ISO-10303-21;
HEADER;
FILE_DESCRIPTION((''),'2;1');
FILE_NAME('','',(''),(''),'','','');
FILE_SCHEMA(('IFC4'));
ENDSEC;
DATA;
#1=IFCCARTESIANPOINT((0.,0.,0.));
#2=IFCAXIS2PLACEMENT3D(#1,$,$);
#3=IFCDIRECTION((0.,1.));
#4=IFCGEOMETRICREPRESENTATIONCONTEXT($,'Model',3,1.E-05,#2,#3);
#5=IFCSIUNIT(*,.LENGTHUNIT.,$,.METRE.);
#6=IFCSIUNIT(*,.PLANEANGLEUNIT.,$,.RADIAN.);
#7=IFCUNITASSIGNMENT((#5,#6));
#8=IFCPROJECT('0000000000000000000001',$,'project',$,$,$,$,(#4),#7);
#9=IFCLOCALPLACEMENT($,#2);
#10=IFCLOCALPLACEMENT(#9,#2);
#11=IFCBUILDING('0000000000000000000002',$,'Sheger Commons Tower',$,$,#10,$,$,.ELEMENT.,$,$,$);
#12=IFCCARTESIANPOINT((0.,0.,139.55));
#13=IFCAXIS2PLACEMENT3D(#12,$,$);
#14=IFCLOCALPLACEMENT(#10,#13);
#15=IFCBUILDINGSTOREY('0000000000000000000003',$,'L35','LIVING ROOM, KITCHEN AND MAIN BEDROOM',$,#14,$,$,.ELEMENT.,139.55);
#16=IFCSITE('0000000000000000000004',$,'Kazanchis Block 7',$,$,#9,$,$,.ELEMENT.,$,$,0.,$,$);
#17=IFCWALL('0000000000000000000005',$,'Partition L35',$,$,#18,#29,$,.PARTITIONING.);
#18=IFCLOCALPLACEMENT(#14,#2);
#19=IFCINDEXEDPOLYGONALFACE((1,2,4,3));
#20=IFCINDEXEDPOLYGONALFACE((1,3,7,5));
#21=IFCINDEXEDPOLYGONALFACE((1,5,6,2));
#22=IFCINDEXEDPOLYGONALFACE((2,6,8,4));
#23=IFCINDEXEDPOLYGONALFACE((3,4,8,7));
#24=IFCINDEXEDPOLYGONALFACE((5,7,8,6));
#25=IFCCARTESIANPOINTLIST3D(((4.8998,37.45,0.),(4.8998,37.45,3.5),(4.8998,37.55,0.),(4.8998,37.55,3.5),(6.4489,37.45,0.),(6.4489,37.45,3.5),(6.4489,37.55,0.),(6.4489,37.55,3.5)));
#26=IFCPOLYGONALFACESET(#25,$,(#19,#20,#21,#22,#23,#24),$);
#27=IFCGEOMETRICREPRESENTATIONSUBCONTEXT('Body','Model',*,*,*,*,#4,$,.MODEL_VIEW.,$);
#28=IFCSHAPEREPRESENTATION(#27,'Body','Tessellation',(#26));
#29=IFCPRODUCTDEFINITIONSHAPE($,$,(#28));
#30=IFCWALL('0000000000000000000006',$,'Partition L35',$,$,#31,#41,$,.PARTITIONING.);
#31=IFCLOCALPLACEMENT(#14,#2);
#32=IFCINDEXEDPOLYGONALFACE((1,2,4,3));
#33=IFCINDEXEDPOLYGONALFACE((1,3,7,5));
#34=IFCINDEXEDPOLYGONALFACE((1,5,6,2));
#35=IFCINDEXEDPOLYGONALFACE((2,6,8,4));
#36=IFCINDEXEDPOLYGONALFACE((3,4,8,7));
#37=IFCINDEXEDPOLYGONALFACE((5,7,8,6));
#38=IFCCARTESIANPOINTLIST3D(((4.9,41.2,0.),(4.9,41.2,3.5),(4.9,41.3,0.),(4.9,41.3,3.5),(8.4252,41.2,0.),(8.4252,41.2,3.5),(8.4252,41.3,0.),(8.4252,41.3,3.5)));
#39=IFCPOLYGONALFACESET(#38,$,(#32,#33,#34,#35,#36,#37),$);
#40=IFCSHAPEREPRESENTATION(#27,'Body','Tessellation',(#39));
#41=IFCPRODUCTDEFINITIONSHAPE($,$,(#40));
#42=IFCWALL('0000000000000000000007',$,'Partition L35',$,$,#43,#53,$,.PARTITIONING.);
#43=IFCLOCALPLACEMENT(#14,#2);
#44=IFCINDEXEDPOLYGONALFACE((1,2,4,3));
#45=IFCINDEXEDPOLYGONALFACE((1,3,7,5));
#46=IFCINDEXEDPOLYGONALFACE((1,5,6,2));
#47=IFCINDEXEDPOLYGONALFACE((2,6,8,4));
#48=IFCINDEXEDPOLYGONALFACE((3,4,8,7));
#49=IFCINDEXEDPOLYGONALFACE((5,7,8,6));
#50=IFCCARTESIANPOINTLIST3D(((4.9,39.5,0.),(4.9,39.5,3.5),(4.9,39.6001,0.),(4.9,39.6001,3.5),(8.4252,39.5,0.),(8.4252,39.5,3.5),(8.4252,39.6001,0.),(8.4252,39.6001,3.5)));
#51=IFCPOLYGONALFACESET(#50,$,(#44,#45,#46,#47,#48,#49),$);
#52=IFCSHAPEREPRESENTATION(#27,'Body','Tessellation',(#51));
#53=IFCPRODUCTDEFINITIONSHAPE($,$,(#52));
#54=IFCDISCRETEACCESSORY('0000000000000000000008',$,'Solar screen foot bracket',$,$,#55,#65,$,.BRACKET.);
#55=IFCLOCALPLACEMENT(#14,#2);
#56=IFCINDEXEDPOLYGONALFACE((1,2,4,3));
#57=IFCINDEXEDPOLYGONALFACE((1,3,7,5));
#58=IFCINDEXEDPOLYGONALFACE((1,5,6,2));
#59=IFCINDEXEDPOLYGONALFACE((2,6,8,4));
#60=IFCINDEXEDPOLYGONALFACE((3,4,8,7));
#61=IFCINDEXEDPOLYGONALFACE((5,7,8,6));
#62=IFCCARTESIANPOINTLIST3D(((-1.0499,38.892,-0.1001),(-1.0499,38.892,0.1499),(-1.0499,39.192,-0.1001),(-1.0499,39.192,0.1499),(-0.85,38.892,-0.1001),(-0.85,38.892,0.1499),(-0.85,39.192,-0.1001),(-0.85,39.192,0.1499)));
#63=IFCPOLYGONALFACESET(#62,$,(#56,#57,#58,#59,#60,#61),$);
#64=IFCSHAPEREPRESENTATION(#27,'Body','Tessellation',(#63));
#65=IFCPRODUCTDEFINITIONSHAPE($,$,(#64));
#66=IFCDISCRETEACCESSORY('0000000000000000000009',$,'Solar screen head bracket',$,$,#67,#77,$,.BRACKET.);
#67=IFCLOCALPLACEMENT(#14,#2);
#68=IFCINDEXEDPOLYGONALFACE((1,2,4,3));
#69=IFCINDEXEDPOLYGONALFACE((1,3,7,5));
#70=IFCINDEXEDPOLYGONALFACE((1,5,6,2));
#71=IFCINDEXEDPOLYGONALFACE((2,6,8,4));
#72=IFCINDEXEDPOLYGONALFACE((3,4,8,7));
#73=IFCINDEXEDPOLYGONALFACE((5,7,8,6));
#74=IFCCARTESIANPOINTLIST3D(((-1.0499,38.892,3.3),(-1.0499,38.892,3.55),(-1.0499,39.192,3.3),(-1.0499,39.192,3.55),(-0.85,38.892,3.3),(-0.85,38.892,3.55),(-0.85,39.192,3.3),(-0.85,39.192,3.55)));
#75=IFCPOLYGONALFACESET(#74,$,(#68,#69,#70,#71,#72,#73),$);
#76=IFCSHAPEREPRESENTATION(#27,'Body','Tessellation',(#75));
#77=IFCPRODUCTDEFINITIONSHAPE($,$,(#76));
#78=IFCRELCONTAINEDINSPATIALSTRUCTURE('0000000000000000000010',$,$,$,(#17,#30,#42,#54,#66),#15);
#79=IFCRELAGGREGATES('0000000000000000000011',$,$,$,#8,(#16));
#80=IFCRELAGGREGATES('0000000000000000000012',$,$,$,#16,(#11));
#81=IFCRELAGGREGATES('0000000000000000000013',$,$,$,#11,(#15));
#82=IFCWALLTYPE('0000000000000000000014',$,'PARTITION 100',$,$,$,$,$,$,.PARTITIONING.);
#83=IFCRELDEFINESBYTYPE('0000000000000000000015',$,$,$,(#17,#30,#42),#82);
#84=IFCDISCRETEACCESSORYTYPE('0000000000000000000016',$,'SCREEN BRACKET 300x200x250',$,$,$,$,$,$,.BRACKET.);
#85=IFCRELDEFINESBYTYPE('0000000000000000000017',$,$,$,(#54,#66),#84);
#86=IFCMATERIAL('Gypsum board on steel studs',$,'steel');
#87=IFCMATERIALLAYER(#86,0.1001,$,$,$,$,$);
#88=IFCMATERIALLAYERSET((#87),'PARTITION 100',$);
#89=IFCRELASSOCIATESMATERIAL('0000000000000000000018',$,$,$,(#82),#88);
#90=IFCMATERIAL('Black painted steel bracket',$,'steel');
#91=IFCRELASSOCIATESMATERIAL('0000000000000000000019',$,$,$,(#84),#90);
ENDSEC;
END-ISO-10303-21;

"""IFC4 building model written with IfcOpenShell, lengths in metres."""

from ifc_helpers import new_model, si_unit, direction, frame, frame_2d, origin, origin_2d, place, context, subcontext, project, spatial, rectangle, extrude, material, layer, layer_set, type_object, element, save


model = new_model("IFC4")

# Units and contexts
model_context = context("Model", 3, precision=1e-05, world=origin(), true_north=direction((0.0, 1.0)))
body_context = subcontext(model_context, "Body", "Model", "MODEL_VIEW")
ifc_project = project(units=[si_unit("LENGTHUNIT", "METRE"), si_unit("PLANEANGLEUNIT", "RADIAN")], contexts=[model_context])

# Site, building, storey
site_placement = place(None, origin())
site = spatial("IfcSite", under=ifc_project, at=site_placement, Name="Kazanchis Block 7", CompositionType="ELEMENT", RefElevation=0.0)
building_placement = place(site_placement, origin())
building = spatial("IfcBuilding", under=site, at=building_placement, Name="Sheger Commons Tower", CompositionType="ELEMENT")
storey_placement = place(building_placement, frame((0.0, 0.0, 139.55)))
storey = spatial("IfcBuildingStorey", under=building, at=storey_placement, Name="L35", Description="LIVING ROOM, KITCHEN AND MAIN BEDROOM", CompositionType="ELEMENT", Elevation=139.55)

# Shared definitions
ifc_material_1 = material(Name="Gypsum board on steel studs", Category="steel")
ifc_layer_1 = layer(ifc_material_1, 0.1001)
ifc_layer_set_1 = layer_set([ifc_layer_1], Name="PARTITION 100")
wall_type = type_object("IfcWallType", Name="PARTITION 100", PredefinedType="PARTITIONING", material=ifc_layer_set_1)

# Walls
wall_1_placement = place(storey_placement, frame((4.8999, 37.5, 0.0), z_axis=(0.0, 0.0, 1.0), x_axis=(1.0, 0.0, 0.0)))
element("IfcWall", 1, at=wall_1_placement, inside=storey, type_object=wall_type, Name="Partition L35", PredefinedType="PARTITIONING", context=body_context, shape_type="SweptSolid", body=[
    extrude(rectangle(XDim=1.5491, YDim=0.1001, at=frame_2d((0.7744, 0.0))), origin(), (0.0, 0.0, 1.0), 3.5),
])
for number, where, z_axis, x_axis, name in (
    (2, (4.8999, 41.25, 0.0), (0.0, 0.0, 1.0), (1.0, 0.0, 0.0), "Partition L35"),
    (3, (4.8999, 39.55, 0.0), (0.0, 0.0, 1.0), (1.0, 0.0, 0.0), "Partition L35"),
):
    element("IfcWall", number, at=place(storey_placement, frame(where, z_axis=z_axis, x_axis=x_axis)), inside=storey, type_object=wall_type, Name=name, PredefinedType="PARTITIONING", context=body_context, shape_type="SweptSolid", body=[
        extrude(rectangle(XDim=3.5251, YDim=0.1001, at=frame_2d((1.7627, 0.0))), origin(), (0.0, 0.0, 1.0), 3.5),
    ])

# Discrete accessories
ifc_material_2 = material(Name="Black painted steel bracket", Category="steel")
discrete_accessory_type = type_object("IfcDiscreteAccessoryType", Name="SCREEN BRACKET 300x200x250", PredefinedType="BRACKET", material=ifc_material_2)
for number, where, z_axis, x_axis, name in (
    (4, (-0.95, 39.042, -0.1001), (0.0, 0.0, 1.0), (0.0, -1.0, 0.0), "Solar screen foot bracket"),
    (5, (-0.95, 39.042, 3.3), (0.0, 0.0, 1.0), (0.0, -1.0, 0.0), "Solar screen head bracket"),
):
    element("IfcDiscreteAccessory", number, at=place(storey_placement, frame(where, z_axis=z_axis, x_axis=x_axis)), inside=storey, type_object=discrete_accessory_type, Name=name, PredefinedType="BRACKET", context=body_context, shape_type="SweptSolid", body=[
        extrude(rectangle(XDim=0.3, YDim=0.2, at=origin_2d()), origin(), (0.0, 0.0, 1.0), 0.25),
    ])

save(model, "model.ifc")
